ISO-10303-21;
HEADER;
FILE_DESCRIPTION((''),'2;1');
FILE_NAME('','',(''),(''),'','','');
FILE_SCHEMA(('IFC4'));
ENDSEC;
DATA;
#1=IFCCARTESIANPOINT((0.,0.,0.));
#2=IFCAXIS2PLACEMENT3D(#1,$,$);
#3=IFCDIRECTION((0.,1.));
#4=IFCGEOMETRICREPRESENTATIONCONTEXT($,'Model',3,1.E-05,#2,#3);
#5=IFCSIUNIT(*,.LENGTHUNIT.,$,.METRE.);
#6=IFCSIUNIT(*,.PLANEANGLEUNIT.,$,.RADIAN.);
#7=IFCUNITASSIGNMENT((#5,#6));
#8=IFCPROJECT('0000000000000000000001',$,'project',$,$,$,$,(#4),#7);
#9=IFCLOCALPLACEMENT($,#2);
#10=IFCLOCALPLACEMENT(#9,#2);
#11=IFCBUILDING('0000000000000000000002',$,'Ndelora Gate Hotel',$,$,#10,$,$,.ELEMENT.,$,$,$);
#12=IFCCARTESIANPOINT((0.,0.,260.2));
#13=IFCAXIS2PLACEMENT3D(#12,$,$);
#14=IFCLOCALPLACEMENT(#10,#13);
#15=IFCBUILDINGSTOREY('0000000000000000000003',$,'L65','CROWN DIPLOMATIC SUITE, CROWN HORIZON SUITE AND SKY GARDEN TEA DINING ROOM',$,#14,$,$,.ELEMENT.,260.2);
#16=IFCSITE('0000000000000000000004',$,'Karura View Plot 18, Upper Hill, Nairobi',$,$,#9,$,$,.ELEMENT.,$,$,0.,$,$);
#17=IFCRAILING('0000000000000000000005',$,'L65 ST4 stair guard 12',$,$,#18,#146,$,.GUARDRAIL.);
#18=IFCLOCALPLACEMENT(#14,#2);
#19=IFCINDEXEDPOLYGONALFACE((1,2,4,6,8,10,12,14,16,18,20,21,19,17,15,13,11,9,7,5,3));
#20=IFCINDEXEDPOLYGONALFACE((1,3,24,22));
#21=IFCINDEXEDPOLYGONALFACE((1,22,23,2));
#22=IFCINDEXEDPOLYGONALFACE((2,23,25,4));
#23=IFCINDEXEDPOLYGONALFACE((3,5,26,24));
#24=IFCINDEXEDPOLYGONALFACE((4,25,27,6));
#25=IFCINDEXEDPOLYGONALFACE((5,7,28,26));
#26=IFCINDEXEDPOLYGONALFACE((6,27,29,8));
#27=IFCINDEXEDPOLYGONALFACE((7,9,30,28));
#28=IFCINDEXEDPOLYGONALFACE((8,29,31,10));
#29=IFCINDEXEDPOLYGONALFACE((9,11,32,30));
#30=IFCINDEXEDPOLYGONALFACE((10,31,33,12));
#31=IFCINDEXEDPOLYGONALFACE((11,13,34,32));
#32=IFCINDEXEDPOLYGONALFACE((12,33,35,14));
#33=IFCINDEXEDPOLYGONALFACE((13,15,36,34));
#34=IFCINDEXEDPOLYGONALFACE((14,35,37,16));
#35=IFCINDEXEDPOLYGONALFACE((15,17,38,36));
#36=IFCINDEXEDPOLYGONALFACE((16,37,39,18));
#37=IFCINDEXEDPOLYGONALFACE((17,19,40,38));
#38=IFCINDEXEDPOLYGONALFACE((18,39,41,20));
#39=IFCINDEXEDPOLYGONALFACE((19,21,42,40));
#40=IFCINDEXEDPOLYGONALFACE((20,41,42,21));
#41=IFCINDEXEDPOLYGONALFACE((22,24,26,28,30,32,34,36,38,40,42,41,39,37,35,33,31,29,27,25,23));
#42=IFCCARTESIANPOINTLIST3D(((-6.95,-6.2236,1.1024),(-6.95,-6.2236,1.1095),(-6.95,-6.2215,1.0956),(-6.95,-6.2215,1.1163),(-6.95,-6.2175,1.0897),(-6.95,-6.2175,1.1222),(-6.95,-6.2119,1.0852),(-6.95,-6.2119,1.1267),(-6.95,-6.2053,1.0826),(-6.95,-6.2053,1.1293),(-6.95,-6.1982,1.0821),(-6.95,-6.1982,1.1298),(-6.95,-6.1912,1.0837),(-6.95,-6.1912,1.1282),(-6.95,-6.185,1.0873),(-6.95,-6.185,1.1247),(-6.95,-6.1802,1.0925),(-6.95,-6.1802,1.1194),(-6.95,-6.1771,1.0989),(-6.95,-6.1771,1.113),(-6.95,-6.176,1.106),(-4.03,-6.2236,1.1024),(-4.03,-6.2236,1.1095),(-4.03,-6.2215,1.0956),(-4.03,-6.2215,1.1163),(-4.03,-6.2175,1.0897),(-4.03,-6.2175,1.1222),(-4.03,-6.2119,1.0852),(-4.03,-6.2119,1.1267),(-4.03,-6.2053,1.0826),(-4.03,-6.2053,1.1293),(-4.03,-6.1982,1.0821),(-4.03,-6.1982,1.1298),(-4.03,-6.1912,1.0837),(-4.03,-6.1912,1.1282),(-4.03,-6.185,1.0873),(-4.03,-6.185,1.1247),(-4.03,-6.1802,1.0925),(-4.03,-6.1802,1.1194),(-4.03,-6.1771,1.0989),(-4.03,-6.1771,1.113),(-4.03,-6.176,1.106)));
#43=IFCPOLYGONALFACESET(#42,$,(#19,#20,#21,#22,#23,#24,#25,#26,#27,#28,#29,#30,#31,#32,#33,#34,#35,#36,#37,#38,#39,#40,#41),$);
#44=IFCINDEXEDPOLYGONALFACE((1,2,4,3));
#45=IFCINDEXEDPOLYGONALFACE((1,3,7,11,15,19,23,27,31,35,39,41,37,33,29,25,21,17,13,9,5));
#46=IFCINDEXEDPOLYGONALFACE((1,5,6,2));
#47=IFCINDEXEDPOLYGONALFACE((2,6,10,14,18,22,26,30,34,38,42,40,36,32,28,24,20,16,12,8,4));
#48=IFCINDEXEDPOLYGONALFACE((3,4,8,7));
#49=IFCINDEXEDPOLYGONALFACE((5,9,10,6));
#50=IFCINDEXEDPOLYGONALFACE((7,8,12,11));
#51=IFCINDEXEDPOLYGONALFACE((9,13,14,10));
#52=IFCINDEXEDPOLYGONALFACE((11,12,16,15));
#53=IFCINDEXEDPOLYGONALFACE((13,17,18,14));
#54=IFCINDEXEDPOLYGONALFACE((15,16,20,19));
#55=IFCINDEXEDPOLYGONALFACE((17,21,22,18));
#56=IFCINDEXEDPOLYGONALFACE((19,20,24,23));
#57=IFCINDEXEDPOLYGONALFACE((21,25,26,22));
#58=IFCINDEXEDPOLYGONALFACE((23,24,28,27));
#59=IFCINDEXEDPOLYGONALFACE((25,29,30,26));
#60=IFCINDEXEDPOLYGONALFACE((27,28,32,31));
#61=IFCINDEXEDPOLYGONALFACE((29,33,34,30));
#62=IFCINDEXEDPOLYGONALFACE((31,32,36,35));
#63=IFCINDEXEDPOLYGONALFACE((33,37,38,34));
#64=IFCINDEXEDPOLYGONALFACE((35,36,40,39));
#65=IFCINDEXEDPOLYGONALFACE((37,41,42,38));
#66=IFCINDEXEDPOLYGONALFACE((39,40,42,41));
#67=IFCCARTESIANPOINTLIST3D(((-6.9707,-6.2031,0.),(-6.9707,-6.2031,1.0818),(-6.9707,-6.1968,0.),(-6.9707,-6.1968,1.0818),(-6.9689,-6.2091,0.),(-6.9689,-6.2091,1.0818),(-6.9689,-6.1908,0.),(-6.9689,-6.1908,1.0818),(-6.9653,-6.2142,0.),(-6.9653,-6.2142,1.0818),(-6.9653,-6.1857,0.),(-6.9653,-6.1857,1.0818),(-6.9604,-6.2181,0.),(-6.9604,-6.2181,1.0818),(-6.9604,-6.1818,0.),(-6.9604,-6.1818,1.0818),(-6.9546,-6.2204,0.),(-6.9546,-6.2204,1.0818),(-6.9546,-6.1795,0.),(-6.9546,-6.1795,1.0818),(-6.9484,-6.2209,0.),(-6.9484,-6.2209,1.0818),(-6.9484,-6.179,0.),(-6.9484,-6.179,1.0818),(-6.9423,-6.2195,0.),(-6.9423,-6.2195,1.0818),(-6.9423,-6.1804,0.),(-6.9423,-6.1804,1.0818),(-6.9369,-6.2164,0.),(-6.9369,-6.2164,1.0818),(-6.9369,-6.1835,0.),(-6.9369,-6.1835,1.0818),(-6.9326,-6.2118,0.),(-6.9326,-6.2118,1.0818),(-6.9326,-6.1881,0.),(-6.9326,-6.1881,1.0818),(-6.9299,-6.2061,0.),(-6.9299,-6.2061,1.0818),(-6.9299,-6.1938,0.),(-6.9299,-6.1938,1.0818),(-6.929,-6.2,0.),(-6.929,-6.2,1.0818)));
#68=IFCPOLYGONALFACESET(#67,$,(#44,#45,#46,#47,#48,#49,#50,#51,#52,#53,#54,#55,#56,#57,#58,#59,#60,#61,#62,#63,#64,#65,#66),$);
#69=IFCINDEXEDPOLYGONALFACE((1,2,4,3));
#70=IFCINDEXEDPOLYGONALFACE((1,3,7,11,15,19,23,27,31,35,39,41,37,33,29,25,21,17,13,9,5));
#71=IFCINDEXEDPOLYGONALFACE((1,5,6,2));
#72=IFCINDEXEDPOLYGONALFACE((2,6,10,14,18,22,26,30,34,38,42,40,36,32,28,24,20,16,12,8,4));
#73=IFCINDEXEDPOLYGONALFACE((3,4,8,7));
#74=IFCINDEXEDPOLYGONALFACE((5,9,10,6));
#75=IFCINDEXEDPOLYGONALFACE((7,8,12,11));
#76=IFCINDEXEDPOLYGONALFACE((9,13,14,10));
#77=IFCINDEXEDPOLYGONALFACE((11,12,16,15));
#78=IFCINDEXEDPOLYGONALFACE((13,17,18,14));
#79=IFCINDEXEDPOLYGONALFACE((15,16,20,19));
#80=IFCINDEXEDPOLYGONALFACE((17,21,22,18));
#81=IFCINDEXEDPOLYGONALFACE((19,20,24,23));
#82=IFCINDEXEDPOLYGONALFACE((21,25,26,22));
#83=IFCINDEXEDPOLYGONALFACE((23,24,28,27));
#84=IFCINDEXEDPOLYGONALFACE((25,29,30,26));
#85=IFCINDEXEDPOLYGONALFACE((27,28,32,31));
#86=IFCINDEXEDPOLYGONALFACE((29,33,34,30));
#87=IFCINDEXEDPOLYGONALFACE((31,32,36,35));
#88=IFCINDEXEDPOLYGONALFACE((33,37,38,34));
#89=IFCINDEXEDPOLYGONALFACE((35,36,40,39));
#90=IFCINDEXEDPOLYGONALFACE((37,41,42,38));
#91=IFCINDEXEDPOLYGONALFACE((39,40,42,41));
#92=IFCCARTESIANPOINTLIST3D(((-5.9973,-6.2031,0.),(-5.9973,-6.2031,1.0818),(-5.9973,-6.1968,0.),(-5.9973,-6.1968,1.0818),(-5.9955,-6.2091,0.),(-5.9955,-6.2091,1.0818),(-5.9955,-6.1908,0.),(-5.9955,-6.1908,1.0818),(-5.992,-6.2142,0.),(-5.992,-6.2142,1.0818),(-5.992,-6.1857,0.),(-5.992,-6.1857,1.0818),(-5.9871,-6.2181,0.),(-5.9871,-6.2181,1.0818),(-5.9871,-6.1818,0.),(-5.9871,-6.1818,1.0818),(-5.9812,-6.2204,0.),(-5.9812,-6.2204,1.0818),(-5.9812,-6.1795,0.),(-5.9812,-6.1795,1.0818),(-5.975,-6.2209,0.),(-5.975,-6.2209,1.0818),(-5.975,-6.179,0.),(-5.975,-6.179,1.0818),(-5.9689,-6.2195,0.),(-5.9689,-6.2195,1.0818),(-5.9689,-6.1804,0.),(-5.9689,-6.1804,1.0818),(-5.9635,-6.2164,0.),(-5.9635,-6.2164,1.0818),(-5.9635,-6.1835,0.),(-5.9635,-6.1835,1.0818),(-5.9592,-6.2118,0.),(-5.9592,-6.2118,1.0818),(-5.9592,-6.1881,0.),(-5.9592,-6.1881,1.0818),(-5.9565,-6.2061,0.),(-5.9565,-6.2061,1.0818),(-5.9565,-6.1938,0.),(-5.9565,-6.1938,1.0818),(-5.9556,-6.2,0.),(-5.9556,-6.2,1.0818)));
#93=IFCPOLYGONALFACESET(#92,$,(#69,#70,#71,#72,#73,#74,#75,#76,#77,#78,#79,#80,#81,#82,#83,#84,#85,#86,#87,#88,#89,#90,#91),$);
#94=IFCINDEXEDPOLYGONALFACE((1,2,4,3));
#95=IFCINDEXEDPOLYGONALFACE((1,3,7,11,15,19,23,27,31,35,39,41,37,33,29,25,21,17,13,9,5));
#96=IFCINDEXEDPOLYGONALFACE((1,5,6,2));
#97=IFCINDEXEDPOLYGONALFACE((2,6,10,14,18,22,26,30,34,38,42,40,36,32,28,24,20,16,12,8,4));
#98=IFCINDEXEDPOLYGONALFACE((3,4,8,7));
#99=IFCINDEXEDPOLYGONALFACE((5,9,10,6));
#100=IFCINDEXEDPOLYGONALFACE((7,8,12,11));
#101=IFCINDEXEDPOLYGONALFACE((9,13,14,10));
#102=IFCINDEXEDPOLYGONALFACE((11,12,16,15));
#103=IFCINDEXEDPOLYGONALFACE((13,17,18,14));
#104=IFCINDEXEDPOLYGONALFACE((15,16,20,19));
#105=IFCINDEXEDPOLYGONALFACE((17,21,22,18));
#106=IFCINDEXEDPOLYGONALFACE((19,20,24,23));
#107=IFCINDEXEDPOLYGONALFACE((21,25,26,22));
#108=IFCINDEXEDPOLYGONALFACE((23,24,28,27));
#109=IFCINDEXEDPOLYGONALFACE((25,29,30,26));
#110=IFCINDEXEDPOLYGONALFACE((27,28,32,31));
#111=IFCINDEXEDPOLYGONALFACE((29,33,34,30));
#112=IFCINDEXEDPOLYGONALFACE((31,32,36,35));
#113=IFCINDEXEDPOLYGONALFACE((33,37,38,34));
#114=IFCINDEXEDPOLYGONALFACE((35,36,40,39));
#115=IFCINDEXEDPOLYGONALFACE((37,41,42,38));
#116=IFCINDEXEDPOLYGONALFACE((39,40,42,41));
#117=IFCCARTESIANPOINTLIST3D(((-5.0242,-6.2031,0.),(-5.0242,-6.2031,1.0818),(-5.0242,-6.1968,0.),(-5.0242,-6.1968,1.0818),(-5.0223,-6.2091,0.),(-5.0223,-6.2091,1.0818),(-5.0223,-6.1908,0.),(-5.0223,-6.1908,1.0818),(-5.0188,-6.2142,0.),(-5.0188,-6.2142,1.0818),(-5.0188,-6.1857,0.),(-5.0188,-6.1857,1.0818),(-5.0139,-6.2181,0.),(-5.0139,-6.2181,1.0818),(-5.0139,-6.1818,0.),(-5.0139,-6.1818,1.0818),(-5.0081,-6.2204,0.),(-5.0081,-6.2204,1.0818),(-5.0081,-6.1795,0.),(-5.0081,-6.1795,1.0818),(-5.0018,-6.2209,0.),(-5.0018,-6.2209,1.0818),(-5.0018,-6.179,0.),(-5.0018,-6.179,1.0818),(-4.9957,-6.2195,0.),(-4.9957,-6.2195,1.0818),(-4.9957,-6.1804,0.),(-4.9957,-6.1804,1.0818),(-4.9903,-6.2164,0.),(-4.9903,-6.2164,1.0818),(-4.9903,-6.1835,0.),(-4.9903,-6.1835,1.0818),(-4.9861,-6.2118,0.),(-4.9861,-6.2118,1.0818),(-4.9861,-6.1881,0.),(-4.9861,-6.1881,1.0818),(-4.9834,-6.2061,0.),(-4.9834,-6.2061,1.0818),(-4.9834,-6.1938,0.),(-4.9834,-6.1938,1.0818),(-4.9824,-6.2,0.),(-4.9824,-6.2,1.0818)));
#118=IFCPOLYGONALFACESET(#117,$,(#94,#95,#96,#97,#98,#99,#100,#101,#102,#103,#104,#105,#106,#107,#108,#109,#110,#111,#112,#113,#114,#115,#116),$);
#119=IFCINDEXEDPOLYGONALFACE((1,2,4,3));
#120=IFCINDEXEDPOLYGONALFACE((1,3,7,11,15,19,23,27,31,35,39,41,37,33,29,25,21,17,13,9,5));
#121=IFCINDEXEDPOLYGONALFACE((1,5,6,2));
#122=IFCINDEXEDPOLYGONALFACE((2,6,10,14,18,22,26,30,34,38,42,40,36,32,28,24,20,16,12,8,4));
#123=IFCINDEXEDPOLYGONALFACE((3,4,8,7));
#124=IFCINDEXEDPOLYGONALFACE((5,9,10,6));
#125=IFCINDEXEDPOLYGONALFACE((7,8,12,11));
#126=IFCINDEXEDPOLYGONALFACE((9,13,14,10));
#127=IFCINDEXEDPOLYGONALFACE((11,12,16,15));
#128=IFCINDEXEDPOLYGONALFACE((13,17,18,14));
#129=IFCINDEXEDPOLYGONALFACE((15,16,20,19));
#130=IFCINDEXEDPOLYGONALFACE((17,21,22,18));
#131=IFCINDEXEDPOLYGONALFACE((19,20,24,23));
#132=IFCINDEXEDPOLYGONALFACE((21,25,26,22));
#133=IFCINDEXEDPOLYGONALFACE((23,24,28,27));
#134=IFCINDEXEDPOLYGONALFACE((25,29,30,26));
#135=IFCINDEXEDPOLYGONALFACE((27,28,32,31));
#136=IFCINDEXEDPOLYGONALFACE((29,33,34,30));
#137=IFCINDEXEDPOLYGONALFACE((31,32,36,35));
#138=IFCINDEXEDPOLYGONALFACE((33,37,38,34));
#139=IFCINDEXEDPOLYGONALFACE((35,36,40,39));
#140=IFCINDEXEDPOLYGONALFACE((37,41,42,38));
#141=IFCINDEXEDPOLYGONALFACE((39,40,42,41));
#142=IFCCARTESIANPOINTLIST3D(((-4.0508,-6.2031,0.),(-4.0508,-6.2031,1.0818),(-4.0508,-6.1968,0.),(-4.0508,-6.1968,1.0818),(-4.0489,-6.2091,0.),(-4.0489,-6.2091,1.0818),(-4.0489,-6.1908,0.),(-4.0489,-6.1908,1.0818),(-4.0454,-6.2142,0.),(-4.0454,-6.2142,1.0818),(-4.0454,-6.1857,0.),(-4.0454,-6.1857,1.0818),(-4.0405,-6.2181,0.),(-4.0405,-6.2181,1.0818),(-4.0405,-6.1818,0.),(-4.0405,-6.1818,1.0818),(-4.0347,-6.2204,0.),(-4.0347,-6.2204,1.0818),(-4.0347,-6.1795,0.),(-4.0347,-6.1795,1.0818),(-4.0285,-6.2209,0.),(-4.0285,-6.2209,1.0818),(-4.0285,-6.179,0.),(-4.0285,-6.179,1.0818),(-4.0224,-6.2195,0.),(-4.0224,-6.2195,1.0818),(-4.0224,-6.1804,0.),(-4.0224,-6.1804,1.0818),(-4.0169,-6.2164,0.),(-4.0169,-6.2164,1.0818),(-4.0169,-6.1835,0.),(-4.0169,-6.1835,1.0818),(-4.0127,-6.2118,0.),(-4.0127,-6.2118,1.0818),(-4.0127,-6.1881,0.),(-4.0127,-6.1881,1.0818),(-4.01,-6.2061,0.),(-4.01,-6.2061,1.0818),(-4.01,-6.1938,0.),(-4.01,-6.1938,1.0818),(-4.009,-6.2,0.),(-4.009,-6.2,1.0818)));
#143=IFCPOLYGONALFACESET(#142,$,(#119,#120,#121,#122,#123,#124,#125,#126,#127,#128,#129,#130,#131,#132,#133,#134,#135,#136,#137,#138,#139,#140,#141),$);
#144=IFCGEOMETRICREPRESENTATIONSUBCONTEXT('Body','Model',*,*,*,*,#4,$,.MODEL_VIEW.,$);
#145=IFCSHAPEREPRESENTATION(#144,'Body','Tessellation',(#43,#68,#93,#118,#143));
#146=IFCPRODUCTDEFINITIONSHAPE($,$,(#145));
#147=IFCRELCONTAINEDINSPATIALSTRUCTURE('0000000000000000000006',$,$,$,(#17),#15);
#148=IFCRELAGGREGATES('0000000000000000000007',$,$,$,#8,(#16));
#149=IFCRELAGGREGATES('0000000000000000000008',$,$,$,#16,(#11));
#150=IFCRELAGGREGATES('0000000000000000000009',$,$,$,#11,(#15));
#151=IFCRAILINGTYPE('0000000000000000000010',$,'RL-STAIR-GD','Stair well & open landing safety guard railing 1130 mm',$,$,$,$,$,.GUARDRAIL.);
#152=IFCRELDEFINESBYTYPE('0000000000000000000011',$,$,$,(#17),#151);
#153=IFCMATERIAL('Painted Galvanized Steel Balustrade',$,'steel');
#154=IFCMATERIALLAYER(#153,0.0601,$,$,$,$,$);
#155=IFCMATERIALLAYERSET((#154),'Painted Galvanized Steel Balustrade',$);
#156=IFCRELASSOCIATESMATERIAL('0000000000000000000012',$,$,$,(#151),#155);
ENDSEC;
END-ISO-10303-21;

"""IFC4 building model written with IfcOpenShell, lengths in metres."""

from ifc_helpers import new_model, si_unit, direction, frame, origin, origin_2d, place, context, subcontext, project, spatial, circle, extrude, material, layer, layer_set, type_object, element, save


model = new_model("IFC4")

# Units and contexts
model_context = context("Model", 3, precision=1e-05, world=origin(), true_north=direction((0.0, 1.0)))
body_context = subcontext(model_context, "Body", "Model", "MODEL_VIEW")
ifc_project = project(units=[si_unit("LENGTHUNIT", "METRE"), si_unit("PLANEANGLEUNIT", "RADIAN")], contexts=[model_context])

# Site, building, storey
site_placement = place(None, origin())
site = spatial("IfcSite", under=ifc_project, at=site_placement, Name="Karura View Plot 18, Upper Hill, Nairobi", CompositionType="ELEMENT", RefElevation=0.0)
building_placement = place(site_placement, origin())
building = spatial("IfcBuilding", under=site, at=building_placement, Name="Ndelora Gate Hotel", CompositionType="ELEMENT")
storey_placement = place(building_placement, frame((0.0, 0.0, 260.2)))
storey = spatial("IfcBuildingStorey", under=building, at=storey_placement, Name="L65", Description="CROWN DIPLOMATIC SUITE, CROWN HORIZON SUITE AND SKY GARDEN TEA DINING ROOM", CompositionType="ELEMENT", Elevation=260.2)

# Railing
ifc_material_1 = material(Name="Painted Galvanized Steel Balustrade", Category="steel")
ifc_layer_1 = layer(ifc_material_1, 0.0601)
ifc_layer_set_1 = layer_set([ifc_layer_1], Name="Painted Galvanized Steel Balustrade")
railing_type_1 = type_object("IfcRailingType", Name="RL-STAIR-GD", Description="Stair well & open landing safety guard railing 1130 mm", PredefinedType="GUARDRAIL", material=ifc_layer_set_1)
railing_1_placement = place(storey_placement, frame((-6.95, -6.2, 0.0)))
element("IfcRailing", 1, at=railing_1_placement, inside=storey, type_object=railing_type_1, Name="L65 ST4 stair guard 12", PredefinedType="GUARDRAIL", context=body_context, shape_type="SweptSolid", body=[
    extrude(circle(Radius=0.0239, at=origin_2d()), frame((0.0, 0.0, 1.106), z_axis=(1.0, 0.0, 0.0), x_axis=(0.0, 1.0, 0.0)), (0.0, 0.0, 1.0), 2.9199),
    extrude(circle(Radius=0.021, at=origin_2d()), origin(), (0.0, 0.0, 1.0), 1.0818),
    extrude(circle(Radius=0.021, at=origin_2d()), frame((0.9734, 0.0, 0.0)), (0.0, 0.0, 1.0), 1.0818),
    extrude(circle(Radius=0.021, at=origin_2d()), frame((1.9465, 0.0, 0.0)), (0.0, 0.0, 1.0), 1.0818),
    extrude(circle(Radius=0.021, at=origin_2d()), frame((2.9199, 0.0, 0.0)), (0.0, 0.0, 1.0), 1.0818),
])

save(model, "model.ifc")
